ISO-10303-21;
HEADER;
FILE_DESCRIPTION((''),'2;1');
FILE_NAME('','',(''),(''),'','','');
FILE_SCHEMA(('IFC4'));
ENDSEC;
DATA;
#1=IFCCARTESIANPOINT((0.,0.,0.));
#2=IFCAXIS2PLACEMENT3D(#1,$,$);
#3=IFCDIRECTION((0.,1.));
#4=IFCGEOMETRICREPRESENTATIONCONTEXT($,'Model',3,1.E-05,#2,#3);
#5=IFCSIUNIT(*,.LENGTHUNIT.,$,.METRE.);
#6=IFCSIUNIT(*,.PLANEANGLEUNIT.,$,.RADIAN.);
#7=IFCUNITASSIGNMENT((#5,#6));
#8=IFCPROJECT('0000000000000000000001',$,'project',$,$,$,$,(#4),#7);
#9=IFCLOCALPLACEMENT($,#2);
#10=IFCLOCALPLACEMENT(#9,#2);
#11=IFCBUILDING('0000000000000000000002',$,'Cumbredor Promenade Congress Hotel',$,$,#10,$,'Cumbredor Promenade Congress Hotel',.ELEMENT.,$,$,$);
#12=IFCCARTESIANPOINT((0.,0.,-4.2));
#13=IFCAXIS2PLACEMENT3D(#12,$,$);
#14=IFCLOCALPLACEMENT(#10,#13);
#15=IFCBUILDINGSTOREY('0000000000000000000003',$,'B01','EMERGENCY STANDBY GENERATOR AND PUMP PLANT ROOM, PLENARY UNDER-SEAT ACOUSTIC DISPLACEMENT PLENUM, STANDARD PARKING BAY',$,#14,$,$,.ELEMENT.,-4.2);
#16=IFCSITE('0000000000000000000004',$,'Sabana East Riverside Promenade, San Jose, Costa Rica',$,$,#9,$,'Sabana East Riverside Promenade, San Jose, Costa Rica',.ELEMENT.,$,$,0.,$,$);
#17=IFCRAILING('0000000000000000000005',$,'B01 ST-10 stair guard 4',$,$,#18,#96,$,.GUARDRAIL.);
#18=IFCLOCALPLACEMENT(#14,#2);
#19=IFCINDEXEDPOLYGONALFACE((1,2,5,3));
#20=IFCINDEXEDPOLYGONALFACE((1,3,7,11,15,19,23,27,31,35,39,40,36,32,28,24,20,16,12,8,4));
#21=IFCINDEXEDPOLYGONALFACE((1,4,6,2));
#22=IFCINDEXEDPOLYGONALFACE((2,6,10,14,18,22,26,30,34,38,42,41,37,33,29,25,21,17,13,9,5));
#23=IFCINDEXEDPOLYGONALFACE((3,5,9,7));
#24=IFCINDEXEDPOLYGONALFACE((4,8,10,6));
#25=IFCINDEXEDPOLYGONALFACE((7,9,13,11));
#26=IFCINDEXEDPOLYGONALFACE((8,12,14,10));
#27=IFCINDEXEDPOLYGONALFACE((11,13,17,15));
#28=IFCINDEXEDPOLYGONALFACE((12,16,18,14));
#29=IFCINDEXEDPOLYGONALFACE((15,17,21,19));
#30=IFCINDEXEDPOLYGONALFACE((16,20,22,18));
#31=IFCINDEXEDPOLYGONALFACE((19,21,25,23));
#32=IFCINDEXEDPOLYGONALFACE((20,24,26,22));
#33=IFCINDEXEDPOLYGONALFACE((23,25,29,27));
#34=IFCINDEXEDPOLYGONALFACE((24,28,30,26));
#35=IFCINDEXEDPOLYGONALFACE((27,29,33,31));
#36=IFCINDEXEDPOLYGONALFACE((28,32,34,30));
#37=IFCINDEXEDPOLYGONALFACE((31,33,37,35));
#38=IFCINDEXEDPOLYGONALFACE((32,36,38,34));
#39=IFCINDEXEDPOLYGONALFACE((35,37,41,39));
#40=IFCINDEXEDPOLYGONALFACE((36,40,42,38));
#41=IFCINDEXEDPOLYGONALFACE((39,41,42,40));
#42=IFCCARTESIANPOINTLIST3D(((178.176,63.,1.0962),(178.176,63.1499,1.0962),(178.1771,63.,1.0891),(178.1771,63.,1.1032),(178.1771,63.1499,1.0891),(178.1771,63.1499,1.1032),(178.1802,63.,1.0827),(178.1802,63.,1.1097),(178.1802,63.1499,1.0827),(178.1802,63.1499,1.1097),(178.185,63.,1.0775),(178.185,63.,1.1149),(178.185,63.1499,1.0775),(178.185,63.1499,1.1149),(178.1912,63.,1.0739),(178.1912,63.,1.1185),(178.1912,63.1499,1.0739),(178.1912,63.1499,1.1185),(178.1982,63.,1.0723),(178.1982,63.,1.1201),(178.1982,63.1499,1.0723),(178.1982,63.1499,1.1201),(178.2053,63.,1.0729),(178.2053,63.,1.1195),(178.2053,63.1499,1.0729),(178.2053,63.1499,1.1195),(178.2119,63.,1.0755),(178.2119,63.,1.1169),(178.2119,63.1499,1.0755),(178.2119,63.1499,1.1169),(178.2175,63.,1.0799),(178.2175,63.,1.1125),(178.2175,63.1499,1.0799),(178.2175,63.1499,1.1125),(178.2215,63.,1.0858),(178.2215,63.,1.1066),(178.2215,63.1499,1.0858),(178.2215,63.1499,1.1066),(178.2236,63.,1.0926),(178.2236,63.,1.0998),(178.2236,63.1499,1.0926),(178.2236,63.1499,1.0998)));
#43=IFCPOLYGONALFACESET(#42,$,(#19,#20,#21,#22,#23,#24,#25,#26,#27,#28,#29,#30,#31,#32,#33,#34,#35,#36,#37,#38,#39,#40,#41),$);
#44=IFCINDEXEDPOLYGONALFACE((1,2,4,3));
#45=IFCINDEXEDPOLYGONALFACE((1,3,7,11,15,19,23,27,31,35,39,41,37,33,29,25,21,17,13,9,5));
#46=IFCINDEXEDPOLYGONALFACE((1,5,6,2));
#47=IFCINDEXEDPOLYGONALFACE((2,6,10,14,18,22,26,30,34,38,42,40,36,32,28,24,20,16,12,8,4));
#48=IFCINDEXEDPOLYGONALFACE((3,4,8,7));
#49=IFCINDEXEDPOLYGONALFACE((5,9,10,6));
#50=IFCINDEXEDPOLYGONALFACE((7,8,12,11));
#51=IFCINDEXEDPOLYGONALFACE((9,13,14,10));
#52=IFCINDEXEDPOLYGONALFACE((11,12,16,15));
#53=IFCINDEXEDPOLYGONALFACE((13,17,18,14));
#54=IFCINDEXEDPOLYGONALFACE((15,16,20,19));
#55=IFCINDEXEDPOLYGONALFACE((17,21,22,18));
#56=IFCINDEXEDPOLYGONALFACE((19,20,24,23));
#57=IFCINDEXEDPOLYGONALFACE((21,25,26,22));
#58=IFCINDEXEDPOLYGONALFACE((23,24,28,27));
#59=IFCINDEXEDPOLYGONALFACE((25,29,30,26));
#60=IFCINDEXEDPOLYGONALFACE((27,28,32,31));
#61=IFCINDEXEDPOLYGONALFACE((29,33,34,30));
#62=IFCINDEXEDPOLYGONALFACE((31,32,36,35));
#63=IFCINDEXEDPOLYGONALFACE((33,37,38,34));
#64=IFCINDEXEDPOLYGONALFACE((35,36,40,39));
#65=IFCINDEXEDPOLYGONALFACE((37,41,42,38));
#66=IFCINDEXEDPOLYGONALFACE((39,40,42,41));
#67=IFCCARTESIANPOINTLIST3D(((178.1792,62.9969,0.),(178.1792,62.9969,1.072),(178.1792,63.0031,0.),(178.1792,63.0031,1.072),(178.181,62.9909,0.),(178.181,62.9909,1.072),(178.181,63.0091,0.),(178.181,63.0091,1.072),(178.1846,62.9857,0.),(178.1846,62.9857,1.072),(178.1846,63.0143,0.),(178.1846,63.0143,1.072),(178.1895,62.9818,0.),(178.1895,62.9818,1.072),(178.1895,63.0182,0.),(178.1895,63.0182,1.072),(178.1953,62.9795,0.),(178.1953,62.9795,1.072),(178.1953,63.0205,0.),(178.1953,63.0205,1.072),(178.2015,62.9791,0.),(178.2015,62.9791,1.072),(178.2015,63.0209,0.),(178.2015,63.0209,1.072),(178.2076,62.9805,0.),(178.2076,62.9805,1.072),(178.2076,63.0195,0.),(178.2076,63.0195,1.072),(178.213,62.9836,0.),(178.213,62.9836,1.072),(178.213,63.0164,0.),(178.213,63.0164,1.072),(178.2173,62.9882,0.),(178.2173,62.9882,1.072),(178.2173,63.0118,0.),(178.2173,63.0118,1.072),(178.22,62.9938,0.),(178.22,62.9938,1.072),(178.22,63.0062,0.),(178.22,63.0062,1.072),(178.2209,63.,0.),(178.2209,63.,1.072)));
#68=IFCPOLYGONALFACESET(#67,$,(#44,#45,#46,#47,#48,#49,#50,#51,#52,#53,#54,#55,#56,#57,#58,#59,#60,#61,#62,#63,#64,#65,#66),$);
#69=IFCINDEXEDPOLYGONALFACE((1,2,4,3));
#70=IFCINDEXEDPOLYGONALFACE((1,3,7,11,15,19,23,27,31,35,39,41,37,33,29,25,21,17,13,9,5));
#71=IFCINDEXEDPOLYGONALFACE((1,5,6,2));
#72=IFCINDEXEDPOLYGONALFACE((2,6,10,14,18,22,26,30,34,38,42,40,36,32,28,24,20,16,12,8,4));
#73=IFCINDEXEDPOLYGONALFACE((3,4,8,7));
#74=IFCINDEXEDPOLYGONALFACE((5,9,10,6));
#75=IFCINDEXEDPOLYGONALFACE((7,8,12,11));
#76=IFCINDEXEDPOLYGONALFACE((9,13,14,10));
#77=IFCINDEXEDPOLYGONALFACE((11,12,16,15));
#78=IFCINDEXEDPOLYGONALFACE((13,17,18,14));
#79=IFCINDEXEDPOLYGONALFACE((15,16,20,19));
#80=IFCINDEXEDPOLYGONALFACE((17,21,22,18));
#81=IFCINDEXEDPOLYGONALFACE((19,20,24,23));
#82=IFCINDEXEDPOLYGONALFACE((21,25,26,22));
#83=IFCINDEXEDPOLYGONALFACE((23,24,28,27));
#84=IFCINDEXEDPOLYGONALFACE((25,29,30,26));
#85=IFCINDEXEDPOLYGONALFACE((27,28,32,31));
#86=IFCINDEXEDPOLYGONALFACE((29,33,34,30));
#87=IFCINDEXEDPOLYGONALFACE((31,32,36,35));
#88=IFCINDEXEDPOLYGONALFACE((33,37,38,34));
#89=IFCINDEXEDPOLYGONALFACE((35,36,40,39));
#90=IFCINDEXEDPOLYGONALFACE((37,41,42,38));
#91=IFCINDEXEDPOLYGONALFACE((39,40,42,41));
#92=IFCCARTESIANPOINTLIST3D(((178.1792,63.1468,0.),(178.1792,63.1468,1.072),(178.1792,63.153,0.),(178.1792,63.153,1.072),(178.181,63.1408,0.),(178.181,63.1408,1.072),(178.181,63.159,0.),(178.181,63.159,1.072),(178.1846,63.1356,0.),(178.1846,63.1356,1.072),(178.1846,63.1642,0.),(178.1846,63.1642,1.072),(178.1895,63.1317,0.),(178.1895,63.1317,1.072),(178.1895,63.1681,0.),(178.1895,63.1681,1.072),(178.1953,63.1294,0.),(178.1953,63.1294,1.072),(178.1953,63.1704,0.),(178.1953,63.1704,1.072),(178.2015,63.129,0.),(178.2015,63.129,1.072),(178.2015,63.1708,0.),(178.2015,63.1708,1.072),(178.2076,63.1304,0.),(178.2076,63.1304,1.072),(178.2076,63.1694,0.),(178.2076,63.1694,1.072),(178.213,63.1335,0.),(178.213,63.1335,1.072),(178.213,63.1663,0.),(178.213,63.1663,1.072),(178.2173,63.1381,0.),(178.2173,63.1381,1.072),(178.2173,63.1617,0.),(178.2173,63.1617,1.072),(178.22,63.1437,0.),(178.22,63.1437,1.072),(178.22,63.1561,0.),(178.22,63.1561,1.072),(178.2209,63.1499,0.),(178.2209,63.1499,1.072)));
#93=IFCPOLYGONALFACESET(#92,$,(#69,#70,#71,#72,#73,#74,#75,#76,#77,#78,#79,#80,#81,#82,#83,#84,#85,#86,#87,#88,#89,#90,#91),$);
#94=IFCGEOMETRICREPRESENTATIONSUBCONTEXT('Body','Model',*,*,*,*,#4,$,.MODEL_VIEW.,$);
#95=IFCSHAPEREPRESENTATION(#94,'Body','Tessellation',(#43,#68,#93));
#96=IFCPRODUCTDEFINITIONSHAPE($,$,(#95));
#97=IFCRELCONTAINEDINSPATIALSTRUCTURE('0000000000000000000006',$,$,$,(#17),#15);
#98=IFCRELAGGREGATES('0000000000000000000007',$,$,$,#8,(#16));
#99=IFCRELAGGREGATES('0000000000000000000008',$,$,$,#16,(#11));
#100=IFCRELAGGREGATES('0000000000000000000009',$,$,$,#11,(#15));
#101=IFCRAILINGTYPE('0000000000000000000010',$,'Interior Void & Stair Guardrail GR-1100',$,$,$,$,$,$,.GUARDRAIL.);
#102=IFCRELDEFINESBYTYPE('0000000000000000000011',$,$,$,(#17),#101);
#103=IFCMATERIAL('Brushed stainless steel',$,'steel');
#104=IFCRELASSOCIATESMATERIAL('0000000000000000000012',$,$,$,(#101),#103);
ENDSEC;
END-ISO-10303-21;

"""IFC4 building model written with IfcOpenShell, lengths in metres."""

from ifc_helpers import new_model, si_unit, direction, frame, origin, origin_2d, place, context, subcontext, project, spatial, circle, extrude, material, type_object, element, save


model = new_model("IFC4")

# Units and contexts
model_context = context("Model", 3, precision=1e-05, world=origin(), true_north=direction((0.0, 1.0)))
body_context = subcontext(model_context, "Body", "Model", "MODEL_VIEW")
ifc_project = project(units=[si_unit("LENGTHUNIT", "METRE"), si_unit("PLANEANGLEUNIT", "RADIAN")], contexts=[model_context])

# Site, building, storey
site_placement = place(None, origin())
site = spatial("IfcSite", under=ifc_project, at=site_placement, Name="Sabana East Riverside Promenade, San Jose, Costa Rica", LongName="Sabana East Riverside Promenade, San Jose, Costa Rica", CompositionType="ELEMENT", RefElevation=0.0)
building_placement = place(site_placement, origin())
building = spatial("IfcBuilding", under=site, at=building_placement, Name="Cumbredor Promenade Congress Hotel", LongName="Cumbredor Promenade Congress Hotel", CompositionType="ELEMENT")
storey_placement = place(building_placement, frame((0.0, 0.0, -4.2)))
storey = spatial("IfcBuildingStorey", under=building, at=storey_placement, Name="B01", Description="EMERGENCY STANDBY GENERATOR AND PUMP PLANT ROOM, PLENARY UNDER-SEAT ACOUSTIC DISPLACEMENT PLENUM, STANDARD PARKING BAY", CompositionType="ELEMENT", Elevation=-4.2)

# Railing
ifc_material_1 = material(Name="Brushed stainless steel", Category="steel")
railing_type_1 = type_object("IfcRailingType", Name="Interior Void & Stair Guardrail GR-1100", PredefinedType="GUARDRAIL", material=ifc_material_1)
railing_1_placement = place(storey_placement, frame((178.2, 63.0, 0.0)))
element("IfcRailing", 1, at=railing_1_placement, inside=storey, type_object=railing_type_1, Name="B01 ST-10 stair guard 4", PredefinedType="GUARDRAIL", context=body_context, shape_type="SweptSolid", body=[
    extrude(circle(Radius=0.0239, at=origin_2d()), frame((0.0, 0.0, 1.0962), z_axis=(0.0, 1.0, 0.0), x_axis=(-1.0, 0.0, 0.0)), (0.0, 0.0, 1.0), 0.1499),
    extrude(circle(Radius=0.021, at=origin_2d()), origin(), (0.0, 0.0, 1.0), 1.072),
    extrude(circle(Radius=0.021, at=origin_2d()), frame((0.0, 0.1499, 0.0)), (0.0, 0.0, 1.0), 1.072),
])

save(model, "model.ifc")
